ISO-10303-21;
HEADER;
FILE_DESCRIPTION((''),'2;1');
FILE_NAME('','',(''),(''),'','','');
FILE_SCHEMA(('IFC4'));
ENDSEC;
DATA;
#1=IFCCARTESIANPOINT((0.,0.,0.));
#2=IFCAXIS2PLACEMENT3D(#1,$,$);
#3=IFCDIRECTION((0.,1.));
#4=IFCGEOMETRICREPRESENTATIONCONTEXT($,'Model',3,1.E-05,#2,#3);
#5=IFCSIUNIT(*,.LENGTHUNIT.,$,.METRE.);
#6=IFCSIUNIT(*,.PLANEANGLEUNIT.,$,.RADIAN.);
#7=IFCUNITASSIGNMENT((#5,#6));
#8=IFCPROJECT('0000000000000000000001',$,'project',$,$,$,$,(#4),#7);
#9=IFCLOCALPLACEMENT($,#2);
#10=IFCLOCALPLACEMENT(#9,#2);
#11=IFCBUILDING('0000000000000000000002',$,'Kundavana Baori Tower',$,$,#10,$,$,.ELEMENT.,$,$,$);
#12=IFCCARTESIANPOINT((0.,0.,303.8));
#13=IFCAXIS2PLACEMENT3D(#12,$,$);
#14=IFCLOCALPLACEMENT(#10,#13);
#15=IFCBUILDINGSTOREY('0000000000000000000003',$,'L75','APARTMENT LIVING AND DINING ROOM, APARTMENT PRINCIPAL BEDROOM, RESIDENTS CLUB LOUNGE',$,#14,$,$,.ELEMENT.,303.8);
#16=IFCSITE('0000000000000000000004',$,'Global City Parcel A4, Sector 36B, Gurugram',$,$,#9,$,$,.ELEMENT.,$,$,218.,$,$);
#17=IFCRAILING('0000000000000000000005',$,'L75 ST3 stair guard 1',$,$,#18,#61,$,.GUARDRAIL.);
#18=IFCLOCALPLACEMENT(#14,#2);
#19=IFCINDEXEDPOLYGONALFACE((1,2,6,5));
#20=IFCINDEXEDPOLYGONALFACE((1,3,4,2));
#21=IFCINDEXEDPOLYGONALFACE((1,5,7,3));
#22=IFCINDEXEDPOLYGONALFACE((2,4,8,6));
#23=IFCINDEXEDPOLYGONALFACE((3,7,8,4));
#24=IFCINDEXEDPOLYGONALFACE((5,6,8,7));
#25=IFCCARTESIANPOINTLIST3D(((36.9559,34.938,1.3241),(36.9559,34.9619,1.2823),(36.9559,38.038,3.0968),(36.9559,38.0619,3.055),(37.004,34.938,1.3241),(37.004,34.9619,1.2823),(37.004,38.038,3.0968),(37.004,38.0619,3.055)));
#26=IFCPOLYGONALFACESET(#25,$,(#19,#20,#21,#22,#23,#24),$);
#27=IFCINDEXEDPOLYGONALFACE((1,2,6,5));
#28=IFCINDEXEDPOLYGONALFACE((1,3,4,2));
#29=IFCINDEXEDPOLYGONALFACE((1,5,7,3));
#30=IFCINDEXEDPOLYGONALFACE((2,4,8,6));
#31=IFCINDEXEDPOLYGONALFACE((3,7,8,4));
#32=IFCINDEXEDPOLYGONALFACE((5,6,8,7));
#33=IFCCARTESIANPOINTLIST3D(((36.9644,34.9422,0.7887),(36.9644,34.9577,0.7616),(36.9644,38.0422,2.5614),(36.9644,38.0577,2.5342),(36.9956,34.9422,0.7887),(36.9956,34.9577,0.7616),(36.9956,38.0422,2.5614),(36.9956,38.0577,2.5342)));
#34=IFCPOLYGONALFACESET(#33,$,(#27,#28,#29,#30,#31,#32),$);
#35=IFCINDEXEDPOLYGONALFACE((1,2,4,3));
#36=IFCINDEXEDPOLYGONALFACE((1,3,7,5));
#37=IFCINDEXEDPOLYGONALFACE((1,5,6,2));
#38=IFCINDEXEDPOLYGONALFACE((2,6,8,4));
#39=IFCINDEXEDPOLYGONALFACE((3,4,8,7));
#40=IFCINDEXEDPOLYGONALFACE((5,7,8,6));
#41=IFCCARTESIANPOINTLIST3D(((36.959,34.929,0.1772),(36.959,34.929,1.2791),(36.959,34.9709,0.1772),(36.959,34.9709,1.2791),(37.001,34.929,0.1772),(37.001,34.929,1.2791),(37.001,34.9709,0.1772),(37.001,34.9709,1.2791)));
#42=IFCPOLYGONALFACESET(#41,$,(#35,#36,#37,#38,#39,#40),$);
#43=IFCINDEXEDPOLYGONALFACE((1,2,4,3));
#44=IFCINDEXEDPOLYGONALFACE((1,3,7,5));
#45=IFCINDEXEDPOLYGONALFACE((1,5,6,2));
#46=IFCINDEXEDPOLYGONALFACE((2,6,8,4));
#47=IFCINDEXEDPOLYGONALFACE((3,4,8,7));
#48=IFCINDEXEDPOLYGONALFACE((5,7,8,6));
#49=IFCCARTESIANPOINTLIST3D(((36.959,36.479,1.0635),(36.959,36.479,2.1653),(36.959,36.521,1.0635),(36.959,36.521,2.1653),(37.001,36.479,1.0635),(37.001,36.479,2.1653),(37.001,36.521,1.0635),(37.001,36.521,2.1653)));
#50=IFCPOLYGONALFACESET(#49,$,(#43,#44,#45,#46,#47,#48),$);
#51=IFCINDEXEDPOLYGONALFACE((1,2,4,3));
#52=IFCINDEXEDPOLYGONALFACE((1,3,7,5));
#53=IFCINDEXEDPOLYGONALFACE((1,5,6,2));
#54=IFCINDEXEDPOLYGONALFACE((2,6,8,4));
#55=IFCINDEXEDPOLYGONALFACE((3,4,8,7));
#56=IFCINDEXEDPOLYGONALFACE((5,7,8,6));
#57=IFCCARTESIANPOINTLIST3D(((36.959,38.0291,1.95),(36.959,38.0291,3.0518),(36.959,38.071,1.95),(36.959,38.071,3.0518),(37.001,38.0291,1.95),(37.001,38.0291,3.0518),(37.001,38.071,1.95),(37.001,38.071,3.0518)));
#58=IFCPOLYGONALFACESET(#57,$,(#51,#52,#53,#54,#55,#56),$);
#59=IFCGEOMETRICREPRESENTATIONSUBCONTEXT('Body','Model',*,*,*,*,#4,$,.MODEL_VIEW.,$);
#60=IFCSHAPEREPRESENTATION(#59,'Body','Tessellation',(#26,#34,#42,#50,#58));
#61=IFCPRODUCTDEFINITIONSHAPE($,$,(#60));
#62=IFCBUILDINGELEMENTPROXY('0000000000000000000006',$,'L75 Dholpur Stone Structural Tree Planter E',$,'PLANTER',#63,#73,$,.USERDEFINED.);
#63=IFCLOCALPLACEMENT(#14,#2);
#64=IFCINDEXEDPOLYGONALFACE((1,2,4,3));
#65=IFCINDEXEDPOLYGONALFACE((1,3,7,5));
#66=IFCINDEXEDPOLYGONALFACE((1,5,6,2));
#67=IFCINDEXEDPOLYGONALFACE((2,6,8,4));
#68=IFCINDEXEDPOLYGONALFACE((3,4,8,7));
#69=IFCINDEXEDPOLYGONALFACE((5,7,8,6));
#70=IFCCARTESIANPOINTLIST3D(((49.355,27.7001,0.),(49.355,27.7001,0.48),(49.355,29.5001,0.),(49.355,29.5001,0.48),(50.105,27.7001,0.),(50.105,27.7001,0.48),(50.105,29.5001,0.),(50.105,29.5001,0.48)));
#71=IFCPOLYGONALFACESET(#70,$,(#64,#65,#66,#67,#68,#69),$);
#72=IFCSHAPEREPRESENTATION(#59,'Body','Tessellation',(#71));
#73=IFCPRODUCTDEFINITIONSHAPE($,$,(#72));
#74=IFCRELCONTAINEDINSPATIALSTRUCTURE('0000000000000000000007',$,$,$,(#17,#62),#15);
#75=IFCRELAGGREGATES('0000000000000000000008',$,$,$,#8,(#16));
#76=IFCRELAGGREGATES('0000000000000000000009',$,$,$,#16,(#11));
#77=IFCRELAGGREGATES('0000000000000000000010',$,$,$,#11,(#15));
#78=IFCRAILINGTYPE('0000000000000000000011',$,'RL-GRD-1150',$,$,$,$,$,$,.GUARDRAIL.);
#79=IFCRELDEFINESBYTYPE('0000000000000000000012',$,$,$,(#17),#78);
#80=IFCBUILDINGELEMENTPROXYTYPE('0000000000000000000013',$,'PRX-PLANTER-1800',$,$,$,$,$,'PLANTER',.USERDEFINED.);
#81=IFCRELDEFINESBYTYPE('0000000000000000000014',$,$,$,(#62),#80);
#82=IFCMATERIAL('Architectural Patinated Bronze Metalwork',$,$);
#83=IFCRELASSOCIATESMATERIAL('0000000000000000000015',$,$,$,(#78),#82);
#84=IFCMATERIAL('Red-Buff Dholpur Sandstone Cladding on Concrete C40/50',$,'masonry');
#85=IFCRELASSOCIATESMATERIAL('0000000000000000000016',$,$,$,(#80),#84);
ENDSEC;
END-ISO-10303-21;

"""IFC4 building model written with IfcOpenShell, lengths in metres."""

from ifc_helpers import new_model, si_unit, direction, frame, origin, origin_2d, place, context, subcontext, project, spatial, rectangle, extrude, material, type_object, element, save


model = new_model("IFC4")

# Units and contexts
model_context = context("Model", 3, precision=1e-05, world=origin(), true_north=direction((0.0, 1.0)))
body_context = subcontext(model_context, "Body", "Model", "MODEL_VIEW")
ifc_project = project(units=[si_unit("LENGTHUNIT", "METRE"), si_unit("PLANEANGLEUNIT", "RADIAN")], contexts=[model_context])

# Site, building, storey
site_placement = place(None, origin())
site = spatial("IfcSite", under=ifc_project, at=site_placement, Name="Global City Parcel A4, Sector 36B, Gurugram", CompositionType="ELEMENT", RefElevation=218.0)
building_placement = place(site_placement, origin())
building = spatial("IfcBuilding", under=site, at=building_placement, Name="Kundavana Baori Tower", CompositionType="ELEMENT")
storey_placement = place(building_placement, frame((0.0, 0.0, 303.8)))
storey = spatial("IfcBuildingStorey", under=building, at=storey_placement, Name="L75", Description="APARTMENT LIVING AND DINING ROOM, APARTMENT PRINCIPAL BEDROOM, RESIDENTS CLUB LOUNGE", CompositionType="ELEMENT", Elevation=303.8)

# Railing
ifc_material_1 = material(Name="Architectural Patinated Bronze Metalwork")
railing_type = type_object("IfcRailingType", Name="RL-GRD-1150", PredefinedType="GUARDRAIL", material=ifc_material_1)
railing_placement = place(storey_placement, frame((36.98, 34.95, 0.1772)))
element("IfcRailing", 1, at=railing_placement, inside=storey, type_object=railing_type, Name="L75 ST3 stair guard 1", PredefinedType="GUARDRAIL", context=body_context, shape_type="SweptSolid", body=[
    extrude(rectangle(XDim=0.0481, YDim=0.0481, at=origin_2d()), frame((0.0, 0.0, 1.126), z_axis=(0.0, 0.868096, 0.496397), x_axis=(-1.0, 0.0, 0.0)), (0.0, 0.0, 1.0), 3.571),
    extrude(rectangle(XDim=0.0312, YDim=0.0312, at=origin_2d()), frame((0.0, 0.0, 0.5979), z_axis=(0.0, 0.868096, 0.496397), x_axis=(-1.0, 0.0, 0.0)), (0.0, 0.0, 1.0), 3.571),
    extrude(rectangle(XDim=0.042, YDim=0.042, at=origin_2d()), origin(), (0.0, 0.0, 1.0), 1.1018),
    extrude(rectangle(XDim=0.042, YDim=0.042, at=origin_2d()), frame((0.0, 1.55, 0.8862)), (0.0, 0.0, 1.0), 1.1018),
    extrude(rectangle(XDim=0.042, YDim=0.042, at=origin_2d()), frame((0.0, 3.1001, 1.7727)), (0.0, 0.0, 1.0), 1.1018),
])

# Building element proxy
ifc_material_2 = material(Name="Red-Buff Dholpur Sandstone Cladding on Concrete C40/50", Category="masonry")
building_element_proxy_type = type_object("IfcBuildingElementProxyType", Name="PRX-PLANTER-1800", ElementType="PLANTER", PredefinedType="USERDEFINED", material=ifc_material_2)
proxy_placement = place(storey_placement, frame((49.73, 28.6001, 0.0), z_axis=(0.0, 0.0, 1.0), x_axis=(0.0, 1.0, 0.0)))
element("IfcBuildingElementProxy", 2, at=proxy_placement, inside=storey, type_object=building_element_proxy_type, Name="L75 Dholpur Stone Structural Tree Planter E", ObjectType="PLANTER", PredefinedType="USERDEFINED", context=body_context, shape_type="SweptSolid", body=[
    extrude(rectangle(XDim=1.8, YDim=0.75, at=origin_2d()), origin(), (0.0, 0.0, 1.0), 0.48),
])

save(model, "model.ifc")
